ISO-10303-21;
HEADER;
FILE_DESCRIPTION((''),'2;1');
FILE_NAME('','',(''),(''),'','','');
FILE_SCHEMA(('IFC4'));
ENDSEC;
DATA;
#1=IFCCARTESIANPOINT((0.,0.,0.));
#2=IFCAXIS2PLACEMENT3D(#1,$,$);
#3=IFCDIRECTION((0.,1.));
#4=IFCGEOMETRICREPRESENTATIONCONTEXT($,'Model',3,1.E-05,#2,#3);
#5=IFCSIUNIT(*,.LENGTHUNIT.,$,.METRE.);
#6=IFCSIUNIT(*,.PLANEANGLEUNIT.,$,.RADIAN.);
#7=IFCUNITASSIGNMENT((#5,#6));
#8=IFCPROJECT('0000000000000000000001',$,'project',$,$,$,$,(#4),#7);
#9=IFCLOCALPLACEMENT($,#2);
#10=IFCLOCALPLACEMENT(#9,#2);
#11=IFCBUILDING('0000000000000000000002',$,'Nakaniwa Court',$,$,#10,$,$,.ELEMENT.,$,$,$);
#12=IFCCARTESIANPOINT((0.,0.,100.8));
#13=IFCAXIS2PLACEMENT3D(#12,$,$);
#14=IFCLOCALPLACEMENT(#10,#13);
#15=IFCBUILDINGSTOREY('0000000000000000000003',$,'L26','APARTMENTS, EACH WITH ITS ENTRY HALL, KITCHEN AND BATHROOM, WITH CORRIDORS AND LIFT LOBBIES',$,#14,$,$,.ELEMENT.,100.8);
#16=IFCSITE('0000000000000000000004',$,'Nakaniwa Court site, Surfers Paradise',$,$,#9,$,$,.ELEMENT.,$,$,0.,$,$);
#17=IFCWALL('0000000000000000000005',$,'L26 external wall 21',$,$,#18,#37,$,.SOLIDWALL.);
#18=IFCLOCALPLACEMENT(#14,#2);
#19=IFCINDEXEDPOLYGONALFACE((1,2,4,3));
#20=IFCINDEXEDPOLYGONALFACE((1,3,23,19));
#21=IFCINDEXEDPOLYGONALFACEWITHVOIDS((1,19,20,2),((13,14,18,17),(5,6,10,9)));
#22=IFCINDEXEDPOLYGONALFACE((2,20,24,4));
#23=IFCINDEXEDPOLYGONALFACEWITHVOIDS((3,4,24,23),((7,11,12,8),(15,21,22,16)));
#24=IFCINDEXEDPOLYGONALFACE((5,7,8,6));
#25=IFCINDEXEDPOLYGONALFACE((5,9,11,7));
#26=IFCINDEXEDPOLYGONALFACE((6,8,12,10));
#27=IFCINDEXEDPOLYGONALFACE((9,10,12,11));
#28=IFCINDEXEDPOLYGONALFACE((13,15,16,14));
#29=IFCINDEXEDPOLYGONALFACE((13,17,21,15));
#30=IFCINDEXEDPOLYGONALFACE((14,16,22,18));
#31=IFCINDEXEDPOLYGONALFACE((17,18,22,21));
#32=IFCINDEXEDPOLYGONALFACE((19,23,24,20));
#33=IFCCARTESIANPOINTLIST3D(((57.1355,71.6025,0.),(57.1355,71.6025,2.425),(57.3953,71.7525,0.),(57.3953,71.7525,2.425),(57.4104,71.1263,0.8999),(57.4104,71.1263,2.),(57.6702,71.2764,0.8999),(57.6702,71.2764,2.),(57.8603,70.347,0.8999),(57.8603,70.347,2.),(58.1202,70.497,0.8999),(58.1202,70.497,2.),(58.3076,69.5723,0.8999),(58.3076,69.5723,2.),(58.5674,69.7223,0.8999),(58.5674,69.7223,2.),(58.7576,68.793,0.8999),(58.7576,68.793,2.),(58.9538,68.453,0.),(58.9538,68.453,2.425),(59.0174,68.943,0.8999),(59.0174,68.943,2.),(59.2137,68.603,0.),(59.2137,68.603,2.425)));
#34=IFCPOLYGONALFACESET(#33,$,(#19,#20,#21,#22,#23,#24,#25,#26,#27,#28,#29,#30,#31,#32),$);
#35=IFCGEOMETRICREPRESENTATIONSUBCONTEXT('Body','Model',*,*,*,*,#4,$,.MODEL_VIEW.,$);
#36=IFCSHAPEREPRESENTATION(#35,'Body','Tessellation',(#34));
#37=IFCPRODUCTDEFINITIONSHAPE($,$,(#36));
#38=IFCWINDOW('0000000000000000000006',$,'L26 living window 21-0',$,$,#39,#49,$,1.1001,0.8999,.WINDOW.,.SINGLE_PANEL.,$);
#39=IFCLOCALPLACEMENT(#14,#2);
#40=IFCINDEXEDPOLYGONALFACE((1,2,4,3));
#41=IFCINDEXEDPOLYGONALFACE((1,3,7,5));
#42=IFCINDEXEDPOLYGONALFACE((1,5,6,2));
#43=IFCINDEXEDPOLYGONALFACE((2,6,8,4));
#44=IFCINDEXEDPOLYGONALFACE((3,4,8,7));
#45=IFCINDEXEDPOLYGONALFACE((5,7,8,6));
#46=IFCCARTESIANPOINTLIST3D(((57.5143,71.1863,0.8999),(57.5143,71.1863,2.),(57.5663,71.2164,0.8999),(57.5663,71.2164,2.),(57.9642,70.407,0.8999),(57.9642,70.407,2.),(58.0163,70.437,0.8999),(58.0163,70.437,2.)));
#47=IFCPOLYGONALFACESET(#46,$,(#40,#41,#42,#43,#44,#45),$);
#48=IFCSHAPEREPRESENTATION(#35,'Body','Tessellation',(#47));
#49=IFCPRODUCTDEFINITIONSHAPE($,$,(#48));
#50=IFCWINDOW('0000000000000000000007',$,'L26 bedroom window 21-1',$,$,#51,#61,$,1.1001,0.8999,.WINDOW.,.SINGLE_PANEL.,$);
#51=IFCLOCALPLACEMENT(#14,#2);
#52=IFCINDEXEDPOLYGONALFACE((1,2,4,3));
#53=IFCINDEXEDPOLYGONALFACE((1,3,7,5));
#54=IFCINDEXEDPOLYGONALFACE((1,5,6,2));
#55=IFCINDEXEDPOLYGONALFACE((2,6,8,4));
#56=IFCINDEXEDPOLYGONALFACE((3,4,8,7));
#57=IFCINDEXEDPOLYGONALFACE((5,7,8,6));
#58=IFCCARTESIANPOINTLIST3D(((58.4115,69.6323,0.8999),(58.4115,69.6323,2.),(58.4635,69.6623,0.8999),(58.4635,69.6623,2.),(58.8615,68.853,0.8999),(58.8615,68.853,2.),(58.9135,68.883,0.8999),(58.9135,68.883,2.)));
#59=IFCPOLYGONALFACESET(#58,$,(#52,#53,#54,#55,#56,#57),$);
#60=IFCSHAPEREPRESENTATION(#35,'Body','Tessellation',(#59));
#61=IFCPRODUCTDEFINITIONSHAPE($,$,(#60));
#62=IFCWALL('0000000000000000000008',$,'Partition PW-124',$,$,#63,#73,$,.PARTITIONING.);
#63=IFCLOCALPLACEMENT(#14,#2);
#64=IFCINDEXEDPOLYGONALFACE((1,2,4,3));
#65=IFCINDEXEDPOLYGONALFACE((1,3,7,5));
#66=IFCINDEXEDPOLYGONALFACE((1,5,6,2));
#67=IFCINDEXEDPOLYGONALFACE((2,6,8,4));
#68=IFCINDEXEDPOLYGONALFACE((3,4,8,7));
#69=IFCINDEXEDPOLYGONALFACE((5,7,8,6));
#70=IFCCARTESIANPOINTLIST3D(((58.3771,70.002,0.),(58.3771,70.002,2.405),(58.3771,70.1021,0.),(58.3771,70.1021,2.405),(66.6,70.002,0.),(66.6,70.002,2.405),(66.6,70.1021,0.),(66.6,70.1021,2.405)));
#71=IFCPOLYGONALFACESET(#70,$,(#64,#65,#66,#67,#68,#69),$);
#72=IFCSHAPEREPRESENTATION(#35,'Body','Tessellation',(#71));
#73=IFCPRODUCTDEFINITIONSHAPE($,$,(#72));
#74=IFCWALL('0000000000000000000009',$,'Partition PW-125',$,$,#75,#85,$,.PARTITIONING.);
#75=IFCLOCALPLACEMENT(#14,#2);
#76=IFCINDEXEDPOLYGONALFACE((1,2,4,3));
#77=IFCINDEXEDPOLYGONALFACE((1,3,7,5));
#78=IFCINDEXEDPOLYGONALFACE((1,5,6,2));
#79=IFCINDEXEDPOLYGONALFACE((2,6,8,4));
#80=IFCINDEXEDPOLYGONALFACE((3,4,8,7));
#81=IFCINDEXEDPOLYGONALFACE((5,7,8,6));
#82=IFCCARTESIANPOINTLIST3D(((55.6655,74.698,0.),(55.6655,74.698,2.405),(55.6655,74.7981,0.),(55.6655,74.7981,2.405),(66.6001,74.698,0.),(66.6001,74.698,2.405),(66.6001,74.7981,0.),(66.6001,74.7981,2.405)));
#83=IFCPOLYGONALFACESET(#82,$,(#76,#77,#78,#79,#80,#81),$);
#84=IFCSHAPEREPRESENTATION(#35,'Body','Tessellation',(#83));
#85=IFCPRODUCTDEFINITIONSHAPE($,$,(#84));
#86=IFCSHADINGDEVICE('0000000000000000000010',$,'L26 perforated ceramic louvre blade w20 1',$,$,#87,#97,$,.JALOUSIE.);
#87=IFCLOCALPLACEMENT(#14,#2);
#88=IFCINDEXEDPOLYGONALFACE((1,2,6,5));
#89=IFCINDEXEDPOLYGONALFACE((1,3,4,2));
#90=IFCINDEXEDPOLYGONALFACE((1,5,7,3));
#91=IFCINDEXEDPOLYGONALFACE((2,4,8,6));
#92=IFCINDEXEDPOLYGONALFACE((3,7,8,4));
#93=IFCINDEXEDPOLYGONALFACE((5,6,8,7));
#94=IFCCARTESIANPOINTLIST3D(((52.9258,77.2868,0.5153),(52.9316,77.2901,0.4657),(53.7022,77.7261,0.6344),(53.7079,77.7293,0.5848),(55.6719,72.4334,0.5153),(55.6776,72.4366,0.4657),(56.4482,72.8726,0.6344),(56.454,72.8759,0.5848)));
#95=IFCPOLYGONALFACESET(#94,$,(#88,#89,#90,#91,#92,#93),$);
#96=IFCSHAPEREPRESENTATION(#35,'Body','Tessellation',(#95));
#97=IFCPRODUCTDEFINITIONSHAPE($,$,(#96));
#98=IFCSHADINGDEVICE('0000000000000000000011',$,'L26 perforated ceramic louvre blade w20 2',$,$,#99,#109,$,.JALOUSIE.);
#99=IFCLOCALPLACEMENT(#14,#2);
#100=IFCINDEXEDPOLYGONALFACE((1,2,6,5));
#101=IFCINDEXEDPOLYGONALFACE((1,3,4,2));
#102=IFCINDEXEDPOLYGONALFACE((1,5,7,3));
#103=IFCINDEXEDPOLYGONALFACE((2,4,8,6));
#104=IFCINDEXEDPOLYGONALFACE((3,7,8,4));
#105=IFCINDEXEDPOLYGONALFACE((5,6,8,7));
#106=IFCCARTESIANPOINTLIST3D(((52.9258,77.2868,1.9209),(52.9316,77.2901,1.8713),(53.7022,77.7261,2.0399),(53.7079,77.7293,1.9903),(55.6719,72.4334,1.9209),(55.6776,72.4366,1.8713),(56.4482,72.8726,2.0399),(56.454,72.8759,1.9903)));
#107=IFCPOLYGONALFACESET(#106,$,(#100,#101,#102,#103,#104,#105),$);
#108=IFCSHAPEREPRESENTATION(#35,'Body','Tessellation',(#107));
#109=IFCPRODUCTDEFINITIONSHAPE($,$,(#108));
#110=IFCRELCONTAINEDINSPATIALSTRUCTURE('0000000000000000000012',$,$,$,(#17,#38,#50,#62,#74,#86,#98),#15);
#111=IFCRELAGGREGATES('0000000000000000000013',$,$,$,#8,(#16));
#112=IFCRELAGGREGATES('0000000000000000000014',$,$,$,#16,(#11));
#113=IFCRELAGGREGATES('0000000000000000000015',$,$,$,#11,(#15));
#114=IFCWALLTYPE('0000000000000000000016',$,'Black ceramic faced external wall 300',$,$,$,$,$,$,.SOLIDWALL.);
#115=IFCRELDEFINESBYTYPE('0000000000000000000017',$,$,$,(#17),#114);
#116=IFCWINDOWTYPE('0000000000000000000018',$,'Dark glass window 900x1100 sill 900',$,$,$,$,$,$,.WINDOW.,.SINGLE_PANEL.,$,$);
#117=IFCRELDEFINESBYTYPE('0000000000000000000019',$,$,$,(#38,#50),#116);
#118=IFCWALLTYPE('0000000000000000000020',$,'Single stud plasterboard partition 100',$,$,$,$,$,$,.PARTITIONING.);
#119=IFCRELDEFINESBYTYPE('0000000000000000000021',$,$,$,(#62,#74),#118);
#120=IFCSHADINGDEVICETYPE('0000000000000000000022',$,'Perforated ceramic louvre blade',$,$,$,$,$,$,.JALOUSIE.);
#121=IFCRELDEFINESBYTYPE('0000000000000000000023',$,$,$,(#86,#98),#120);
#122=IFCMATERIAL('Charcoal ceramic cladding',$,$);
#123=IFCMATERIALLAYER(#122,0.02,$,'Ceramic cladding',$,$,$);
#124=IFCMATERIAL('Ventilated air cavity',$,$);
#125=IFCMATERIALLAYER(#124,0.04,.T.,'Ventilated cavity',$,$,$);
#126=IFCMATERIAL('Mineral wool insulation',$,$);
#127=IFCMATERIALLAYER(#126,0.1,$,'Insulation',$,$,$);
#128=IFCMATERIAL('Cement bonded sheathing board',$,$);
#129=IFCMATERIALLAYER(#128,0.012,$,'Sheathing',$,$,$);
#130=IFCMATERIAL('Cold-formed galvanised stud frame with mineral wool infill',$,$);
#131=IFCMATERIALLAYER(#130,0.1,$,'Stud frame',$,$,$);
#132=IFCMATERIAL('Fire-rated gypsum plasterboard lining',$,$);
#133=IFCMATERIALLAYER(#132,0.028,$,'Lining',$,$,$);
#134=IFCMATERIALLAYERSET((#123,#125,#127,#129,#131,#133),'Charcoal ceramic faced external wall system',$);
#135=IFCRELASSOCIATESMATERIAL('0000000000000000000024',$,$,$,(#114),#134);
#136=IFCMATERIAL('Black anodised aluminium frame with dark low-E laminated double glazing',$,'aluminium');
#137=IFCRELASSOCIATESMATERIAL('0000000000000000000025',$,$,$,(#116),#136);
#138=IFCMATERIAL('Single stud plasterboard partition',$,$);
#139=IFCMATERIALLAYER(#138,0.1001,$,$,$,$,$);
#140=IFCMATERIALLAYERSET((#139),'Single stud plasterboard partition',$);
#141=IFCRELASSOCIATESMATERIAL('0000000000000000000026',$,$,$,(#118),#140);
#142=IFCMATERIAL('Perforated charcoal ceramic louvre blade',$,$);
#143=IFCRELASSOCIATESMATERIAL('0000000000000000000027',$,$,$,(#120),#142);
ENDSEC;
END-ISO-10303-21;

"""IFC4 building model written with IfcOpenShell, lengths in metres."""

from ifc_helpers import new_model, si_unit, direction, frame, frame_2d, origin, origin_2d, place, context, subcontext, project, spatial, rectangle, extrude, material, layer, layer_set, material_profile, profile_set, type_object, element, fill, save


model = new_model("IFC4")

# Units and contexts
model_context = context("Model", 3, precision=1e-05, world=origin(), true_north=direction((0.0, 1.0)))
body_context = subcontext(model_context, "Body", "Model", "MODEL_VIEW")
ifc_project = project(units=[si_unit("LENGTHUNIT", "METRE"), si_unit("PLANEANGLEUNIT", "RADIAN")], contexts=[model_context])

# Site, building, storey
site_placement = place(None, origin())
site = spatial("IfcSite", under=ifc_project, at=site_placement, Name="Nakaniwa Court site, Surfers Paradise", CompositionType="ELEMENT", RefElevation=0.0)
building_placement = place(site_placement, origin())
building = spatial("IfcBuilding", under=site, at=building_placement, Name="Nakaniwa Court", CompositionType="ELEMENT")
storey_placement = place(building_placement, frame((0.0, 0.0, 100.8)))
storey = spatial("IfcBuildingStorey", under=building, at=storey_placement, Name="L26", Description="APARTMENTS, EACH WITH ITS ENTRY HALL, KITCHEN AND BATHROOM, WITH CORRIDORS AND LIFT LOBBIES", CompositionType="ELEMENT", Elevation=100.8)

# Shared definitions
ifc_material_1 = material(Name="Charcoal ceramic cladding")
ifc_layer_1 = layer(ifc_material_1, 0.02, Name="Ceramic cladding")
ifc_material_2 = material(Name="Ventilated air cavity")
ifc_layer_2 = layer(ifc_material_2, 0.04, ventilated=True, Name="Ventilated cavity")
ifc_material_3 = material(Name="Mineral wool insulation")
ifc_layer_3 = layer(ifc_material_3, 0.1, Name="Insulation")
ifc_material_4 = material(Name="Cement bonded sheathing board")
ifc_layer_4 = layer(ifc_material_4, 0.012, Name="Sheathing")
ifc_material_5 = material(Name="Cold-formed galvanised stud frame with mineral wool infill")
ifc_layer_5 = layer(ifc_material_5, 0.1, Name="Stud frame")
ifc_material_6 = material(Name="Fire-rated gypsum plasterboard lining")
ifc_layer_6 = layer(ifc_material_6, 0.028, Name="Lining")
ifc_layer_set_1 = layer_set([ifc_layer_1, ifc_layer_2, ifc_layer_3, ifc_layer_4, ifc_layer_5, ifc_layer_6], Name="Charcoal ceramic faced external wall system")
wall_type_1 = type_object("IfcWallType", Name="Black ceramic faced external wall 300", PredefinedType="SOLIDWALL", material=ifc_layer_set_1)
ifc_material_7 = material(Name="Black anodised aluminium frame with dark low-E laminated double glazing", Category="aluminium")

# Wall, openings, windows
window_type_1 = type_object("IfcWindowType", Name="Dark glass window 900x1100 sill 900", PartitioningType="SINGLE_PANEL", PredefinedType="WINDOW", material=ifc_material_7)
wall_1_placement = place(storey_placement, frame((57.2654, 71.6775, 0.0), z_axis=(0.0, 0.0, 1.0), x_axis=(0.500009, -0.86602, 0.0)))
wall_1 = element("IfcWall", 1, at=wall_1_placement, inside=storey, type_object=wall_type_1, Name="L26 external wall 21", PredefinedType="SOLIDWALL", context=body_context, shape_type="SweptSolid", body=[
    extrude(rectangle(XDim=3.6367, YDim=0.3, at=frame_2d((1.8184, 0.0))), origin(), (0.0, 0.0, 1.0), 2.425),
])
opening_1_placement = place(wall_1_placement, frame((0.5498, 0.0, 0.8999)))
opening_1 = element("IfcOpeningElement", 2, at=opening_1_placement, cuts=wall_1, PredefinedType="OPENING", context=body_context, shape_type="SweptSolid", body=[
    extrude(rectangle(XDim=0.8999, YDim=1.1001, at=frame_2d((0.45, 0.55))), frame((0.0, 0.1599, 0.0), z_axis=(0.0, -1.0, 0.0), x_axis=(1.0, 0.0, 0.0)), (0.0, 0.0, 1.0), 0.3201),
])
opening_2_placement = place(wall_1_placement, frame((2.3442, 0.0, 0.8999)))
opening_2 = element("IfcOpeningElement", 3, at=opening_2_placement, cuts=wall_1, PredefinedType="OPENING", context=body_context, shape_type="SweptSolid", body=[
    extrude(rectangle(XDim=0.8999, YDim=1.1001, at=frame_2d((0.45, 0.55))), frame((0.0, 0.1599, 0.0), z_axis=(0.0, -1.0, 0.0), x_axis=(1.0, 0.0, 0.0)), (0.0, 0.0, 1.0), 0.3201),
])
window_1_placement = place(opening_1_placement, origin())
window_1 = element("IfcWindow", 4, at=window_1_placement, inside=storey, type_object=window_type_1, Name="L26 living window 21-0", OverallHeight=1.1001, OverallWidth=0.8999, PartitioningType="SINGLE_PANEL", PredefinedType="WINDOW", context=body_context, shape_type="SweptSolid", body=[
    extrude(rectangle(XDim=0.8999, YDim=1.1001, at=frame_2d((0.45, 0.55))), frame((0.0, 0.03, 0.0), z_axis=(0.0, -1.0, 0.0), x_axis=(1.0, 0.0, 0.0)), (0.0, 0.0, 1.0), 0.0601),
])
fill(opening_1, window_1)
window_2_placement = place(opening_2_placement, origin())
window_2 = element("IfcWindow", 5, at=window_2_placement, inside=storey, type_object=window_type_1, Name="L26 bedroom window 21-1", OverallHeight=1.1001, OverallWidth=0.8999, PartitioningType="SINGLE_PANEL", PredefinedType="WINDOW", context=body_context, shape_type="SweptSolid", body=[
    extrude(rectangle(XDim=0.8999, YDim=1.1001, at=frame_2d((0.45, 0.55))), frame((0.0, 0.03, 0.0), z_axis=(0.0, -1.0, 0.0), x_axis=(1.0, 0.0, 0.0)), (0.0, 0.0, 1.0), 0.0601),
])
fill(opening_2, window_2)

# Walls
ifc_material_8 = material(Name="Single stud plasterboard partition")
ifc_layer_7 = layer(ifc_material_8, 0.1001)
ifc_layer_set_2 = layer_set([ifc_layer_7], Name="Single stud plasterboard partition")
wall_type_2 = type_object("IfcWallType", Name="Single stud plasterboard partition 100", PredefinedType="PARTITIONING", material=ifc_layer_set_2)
wall_2_placement = place(storey_placement, frame((58.3772, 70.052, 0.0), z_axis=(0.0, 0.0, 1.0), x_axis=(1.0, 0.0, 0.0)))
element("IfcWall", 6, at=wall_2_placement, inside=storey, type_object=wall_type_2, Name="Partition PW-124", PredefinedType="PARTITIONING", context=body_context, shape_type="SweptSolid", body=[
    extrude(rectangle(XDim=8.2229, YDim=0.1001, at=frame_2d((4.1113, 0.0))), origin(), (0.0, 0.0, 1.0), 2.405),
])
wall_3_placement = place(storey_placement, frame((55.6655, 74.748, 0.0), z_axis=(0.0, 0.0, 1.0), x_axis=(1.0, 0.0, 0.0)))
element("IfcWall", 7, at=wall_3_placement, inside=storey, type_object=wall_type_2, Name="Partition PW-125", PredefinedType="PARTITIONING", context=body_context, shape_type="SweptSolid", body=[
    extrude(rectangle(XDim=10.9346, YDim=0.1001, at=frame_2d((5.4673, 0.0))), origin(), (0.0, 0.0, 1.0), 2.405),
])

# Shading devices
ifc_material_9 = material(Name="Perforated charcoal ceramic louvre blade")
ifc_material_profile_1 = material_profile(ifc_material_9, rectangle(XDim=0.8999, YDim=0.05, at=origin_2d()), Name="Perforated ceramic louvre blade")
ifc_profile_set_1 = profile_set([ifc_material_profile_1], Name="Perforated charcoal ceramic louvre blade")
shading_device_type = type_object("IfcShadingDeviceType", Name="Perforated ceramic louvre blade", PredefinedType="JALOUSIE", material=ifc_profile_set_1)
for number, where, z_axis, x_axis, name in (
    (8, (53.3169, 77.5081, 0.55), (0.492438, -0.870347, 0.0), (0.862702, 0.488112, 0.132256), "L26 perforated ceramic louvre blade w20 1"),
    (9, (53.3169, 77.5081, 1.9556), (0.492438, -0.870347, 0.0), (0.862702, 0.488112, 0.132256), "L26 perforated ceramic louvre blade w20 2"),
):
    element("IfcShadingDevice", number, at=place(storey_placement, frame(where, z_axis=z_axis, x_axis=x_axis)), inside=storey, type_object=shading_device_type, Name=name, PredefinedType="JALOUSIE", context=body_context, shape_type="SweptSolid", body=[
        extrude(rectangle(XDim=0.8999, YDim=0.05, at=origin_2d()), origin(), (0.0, 0.0, 1.0), 5.5764),
    ])

save(model, "model.ifc")
